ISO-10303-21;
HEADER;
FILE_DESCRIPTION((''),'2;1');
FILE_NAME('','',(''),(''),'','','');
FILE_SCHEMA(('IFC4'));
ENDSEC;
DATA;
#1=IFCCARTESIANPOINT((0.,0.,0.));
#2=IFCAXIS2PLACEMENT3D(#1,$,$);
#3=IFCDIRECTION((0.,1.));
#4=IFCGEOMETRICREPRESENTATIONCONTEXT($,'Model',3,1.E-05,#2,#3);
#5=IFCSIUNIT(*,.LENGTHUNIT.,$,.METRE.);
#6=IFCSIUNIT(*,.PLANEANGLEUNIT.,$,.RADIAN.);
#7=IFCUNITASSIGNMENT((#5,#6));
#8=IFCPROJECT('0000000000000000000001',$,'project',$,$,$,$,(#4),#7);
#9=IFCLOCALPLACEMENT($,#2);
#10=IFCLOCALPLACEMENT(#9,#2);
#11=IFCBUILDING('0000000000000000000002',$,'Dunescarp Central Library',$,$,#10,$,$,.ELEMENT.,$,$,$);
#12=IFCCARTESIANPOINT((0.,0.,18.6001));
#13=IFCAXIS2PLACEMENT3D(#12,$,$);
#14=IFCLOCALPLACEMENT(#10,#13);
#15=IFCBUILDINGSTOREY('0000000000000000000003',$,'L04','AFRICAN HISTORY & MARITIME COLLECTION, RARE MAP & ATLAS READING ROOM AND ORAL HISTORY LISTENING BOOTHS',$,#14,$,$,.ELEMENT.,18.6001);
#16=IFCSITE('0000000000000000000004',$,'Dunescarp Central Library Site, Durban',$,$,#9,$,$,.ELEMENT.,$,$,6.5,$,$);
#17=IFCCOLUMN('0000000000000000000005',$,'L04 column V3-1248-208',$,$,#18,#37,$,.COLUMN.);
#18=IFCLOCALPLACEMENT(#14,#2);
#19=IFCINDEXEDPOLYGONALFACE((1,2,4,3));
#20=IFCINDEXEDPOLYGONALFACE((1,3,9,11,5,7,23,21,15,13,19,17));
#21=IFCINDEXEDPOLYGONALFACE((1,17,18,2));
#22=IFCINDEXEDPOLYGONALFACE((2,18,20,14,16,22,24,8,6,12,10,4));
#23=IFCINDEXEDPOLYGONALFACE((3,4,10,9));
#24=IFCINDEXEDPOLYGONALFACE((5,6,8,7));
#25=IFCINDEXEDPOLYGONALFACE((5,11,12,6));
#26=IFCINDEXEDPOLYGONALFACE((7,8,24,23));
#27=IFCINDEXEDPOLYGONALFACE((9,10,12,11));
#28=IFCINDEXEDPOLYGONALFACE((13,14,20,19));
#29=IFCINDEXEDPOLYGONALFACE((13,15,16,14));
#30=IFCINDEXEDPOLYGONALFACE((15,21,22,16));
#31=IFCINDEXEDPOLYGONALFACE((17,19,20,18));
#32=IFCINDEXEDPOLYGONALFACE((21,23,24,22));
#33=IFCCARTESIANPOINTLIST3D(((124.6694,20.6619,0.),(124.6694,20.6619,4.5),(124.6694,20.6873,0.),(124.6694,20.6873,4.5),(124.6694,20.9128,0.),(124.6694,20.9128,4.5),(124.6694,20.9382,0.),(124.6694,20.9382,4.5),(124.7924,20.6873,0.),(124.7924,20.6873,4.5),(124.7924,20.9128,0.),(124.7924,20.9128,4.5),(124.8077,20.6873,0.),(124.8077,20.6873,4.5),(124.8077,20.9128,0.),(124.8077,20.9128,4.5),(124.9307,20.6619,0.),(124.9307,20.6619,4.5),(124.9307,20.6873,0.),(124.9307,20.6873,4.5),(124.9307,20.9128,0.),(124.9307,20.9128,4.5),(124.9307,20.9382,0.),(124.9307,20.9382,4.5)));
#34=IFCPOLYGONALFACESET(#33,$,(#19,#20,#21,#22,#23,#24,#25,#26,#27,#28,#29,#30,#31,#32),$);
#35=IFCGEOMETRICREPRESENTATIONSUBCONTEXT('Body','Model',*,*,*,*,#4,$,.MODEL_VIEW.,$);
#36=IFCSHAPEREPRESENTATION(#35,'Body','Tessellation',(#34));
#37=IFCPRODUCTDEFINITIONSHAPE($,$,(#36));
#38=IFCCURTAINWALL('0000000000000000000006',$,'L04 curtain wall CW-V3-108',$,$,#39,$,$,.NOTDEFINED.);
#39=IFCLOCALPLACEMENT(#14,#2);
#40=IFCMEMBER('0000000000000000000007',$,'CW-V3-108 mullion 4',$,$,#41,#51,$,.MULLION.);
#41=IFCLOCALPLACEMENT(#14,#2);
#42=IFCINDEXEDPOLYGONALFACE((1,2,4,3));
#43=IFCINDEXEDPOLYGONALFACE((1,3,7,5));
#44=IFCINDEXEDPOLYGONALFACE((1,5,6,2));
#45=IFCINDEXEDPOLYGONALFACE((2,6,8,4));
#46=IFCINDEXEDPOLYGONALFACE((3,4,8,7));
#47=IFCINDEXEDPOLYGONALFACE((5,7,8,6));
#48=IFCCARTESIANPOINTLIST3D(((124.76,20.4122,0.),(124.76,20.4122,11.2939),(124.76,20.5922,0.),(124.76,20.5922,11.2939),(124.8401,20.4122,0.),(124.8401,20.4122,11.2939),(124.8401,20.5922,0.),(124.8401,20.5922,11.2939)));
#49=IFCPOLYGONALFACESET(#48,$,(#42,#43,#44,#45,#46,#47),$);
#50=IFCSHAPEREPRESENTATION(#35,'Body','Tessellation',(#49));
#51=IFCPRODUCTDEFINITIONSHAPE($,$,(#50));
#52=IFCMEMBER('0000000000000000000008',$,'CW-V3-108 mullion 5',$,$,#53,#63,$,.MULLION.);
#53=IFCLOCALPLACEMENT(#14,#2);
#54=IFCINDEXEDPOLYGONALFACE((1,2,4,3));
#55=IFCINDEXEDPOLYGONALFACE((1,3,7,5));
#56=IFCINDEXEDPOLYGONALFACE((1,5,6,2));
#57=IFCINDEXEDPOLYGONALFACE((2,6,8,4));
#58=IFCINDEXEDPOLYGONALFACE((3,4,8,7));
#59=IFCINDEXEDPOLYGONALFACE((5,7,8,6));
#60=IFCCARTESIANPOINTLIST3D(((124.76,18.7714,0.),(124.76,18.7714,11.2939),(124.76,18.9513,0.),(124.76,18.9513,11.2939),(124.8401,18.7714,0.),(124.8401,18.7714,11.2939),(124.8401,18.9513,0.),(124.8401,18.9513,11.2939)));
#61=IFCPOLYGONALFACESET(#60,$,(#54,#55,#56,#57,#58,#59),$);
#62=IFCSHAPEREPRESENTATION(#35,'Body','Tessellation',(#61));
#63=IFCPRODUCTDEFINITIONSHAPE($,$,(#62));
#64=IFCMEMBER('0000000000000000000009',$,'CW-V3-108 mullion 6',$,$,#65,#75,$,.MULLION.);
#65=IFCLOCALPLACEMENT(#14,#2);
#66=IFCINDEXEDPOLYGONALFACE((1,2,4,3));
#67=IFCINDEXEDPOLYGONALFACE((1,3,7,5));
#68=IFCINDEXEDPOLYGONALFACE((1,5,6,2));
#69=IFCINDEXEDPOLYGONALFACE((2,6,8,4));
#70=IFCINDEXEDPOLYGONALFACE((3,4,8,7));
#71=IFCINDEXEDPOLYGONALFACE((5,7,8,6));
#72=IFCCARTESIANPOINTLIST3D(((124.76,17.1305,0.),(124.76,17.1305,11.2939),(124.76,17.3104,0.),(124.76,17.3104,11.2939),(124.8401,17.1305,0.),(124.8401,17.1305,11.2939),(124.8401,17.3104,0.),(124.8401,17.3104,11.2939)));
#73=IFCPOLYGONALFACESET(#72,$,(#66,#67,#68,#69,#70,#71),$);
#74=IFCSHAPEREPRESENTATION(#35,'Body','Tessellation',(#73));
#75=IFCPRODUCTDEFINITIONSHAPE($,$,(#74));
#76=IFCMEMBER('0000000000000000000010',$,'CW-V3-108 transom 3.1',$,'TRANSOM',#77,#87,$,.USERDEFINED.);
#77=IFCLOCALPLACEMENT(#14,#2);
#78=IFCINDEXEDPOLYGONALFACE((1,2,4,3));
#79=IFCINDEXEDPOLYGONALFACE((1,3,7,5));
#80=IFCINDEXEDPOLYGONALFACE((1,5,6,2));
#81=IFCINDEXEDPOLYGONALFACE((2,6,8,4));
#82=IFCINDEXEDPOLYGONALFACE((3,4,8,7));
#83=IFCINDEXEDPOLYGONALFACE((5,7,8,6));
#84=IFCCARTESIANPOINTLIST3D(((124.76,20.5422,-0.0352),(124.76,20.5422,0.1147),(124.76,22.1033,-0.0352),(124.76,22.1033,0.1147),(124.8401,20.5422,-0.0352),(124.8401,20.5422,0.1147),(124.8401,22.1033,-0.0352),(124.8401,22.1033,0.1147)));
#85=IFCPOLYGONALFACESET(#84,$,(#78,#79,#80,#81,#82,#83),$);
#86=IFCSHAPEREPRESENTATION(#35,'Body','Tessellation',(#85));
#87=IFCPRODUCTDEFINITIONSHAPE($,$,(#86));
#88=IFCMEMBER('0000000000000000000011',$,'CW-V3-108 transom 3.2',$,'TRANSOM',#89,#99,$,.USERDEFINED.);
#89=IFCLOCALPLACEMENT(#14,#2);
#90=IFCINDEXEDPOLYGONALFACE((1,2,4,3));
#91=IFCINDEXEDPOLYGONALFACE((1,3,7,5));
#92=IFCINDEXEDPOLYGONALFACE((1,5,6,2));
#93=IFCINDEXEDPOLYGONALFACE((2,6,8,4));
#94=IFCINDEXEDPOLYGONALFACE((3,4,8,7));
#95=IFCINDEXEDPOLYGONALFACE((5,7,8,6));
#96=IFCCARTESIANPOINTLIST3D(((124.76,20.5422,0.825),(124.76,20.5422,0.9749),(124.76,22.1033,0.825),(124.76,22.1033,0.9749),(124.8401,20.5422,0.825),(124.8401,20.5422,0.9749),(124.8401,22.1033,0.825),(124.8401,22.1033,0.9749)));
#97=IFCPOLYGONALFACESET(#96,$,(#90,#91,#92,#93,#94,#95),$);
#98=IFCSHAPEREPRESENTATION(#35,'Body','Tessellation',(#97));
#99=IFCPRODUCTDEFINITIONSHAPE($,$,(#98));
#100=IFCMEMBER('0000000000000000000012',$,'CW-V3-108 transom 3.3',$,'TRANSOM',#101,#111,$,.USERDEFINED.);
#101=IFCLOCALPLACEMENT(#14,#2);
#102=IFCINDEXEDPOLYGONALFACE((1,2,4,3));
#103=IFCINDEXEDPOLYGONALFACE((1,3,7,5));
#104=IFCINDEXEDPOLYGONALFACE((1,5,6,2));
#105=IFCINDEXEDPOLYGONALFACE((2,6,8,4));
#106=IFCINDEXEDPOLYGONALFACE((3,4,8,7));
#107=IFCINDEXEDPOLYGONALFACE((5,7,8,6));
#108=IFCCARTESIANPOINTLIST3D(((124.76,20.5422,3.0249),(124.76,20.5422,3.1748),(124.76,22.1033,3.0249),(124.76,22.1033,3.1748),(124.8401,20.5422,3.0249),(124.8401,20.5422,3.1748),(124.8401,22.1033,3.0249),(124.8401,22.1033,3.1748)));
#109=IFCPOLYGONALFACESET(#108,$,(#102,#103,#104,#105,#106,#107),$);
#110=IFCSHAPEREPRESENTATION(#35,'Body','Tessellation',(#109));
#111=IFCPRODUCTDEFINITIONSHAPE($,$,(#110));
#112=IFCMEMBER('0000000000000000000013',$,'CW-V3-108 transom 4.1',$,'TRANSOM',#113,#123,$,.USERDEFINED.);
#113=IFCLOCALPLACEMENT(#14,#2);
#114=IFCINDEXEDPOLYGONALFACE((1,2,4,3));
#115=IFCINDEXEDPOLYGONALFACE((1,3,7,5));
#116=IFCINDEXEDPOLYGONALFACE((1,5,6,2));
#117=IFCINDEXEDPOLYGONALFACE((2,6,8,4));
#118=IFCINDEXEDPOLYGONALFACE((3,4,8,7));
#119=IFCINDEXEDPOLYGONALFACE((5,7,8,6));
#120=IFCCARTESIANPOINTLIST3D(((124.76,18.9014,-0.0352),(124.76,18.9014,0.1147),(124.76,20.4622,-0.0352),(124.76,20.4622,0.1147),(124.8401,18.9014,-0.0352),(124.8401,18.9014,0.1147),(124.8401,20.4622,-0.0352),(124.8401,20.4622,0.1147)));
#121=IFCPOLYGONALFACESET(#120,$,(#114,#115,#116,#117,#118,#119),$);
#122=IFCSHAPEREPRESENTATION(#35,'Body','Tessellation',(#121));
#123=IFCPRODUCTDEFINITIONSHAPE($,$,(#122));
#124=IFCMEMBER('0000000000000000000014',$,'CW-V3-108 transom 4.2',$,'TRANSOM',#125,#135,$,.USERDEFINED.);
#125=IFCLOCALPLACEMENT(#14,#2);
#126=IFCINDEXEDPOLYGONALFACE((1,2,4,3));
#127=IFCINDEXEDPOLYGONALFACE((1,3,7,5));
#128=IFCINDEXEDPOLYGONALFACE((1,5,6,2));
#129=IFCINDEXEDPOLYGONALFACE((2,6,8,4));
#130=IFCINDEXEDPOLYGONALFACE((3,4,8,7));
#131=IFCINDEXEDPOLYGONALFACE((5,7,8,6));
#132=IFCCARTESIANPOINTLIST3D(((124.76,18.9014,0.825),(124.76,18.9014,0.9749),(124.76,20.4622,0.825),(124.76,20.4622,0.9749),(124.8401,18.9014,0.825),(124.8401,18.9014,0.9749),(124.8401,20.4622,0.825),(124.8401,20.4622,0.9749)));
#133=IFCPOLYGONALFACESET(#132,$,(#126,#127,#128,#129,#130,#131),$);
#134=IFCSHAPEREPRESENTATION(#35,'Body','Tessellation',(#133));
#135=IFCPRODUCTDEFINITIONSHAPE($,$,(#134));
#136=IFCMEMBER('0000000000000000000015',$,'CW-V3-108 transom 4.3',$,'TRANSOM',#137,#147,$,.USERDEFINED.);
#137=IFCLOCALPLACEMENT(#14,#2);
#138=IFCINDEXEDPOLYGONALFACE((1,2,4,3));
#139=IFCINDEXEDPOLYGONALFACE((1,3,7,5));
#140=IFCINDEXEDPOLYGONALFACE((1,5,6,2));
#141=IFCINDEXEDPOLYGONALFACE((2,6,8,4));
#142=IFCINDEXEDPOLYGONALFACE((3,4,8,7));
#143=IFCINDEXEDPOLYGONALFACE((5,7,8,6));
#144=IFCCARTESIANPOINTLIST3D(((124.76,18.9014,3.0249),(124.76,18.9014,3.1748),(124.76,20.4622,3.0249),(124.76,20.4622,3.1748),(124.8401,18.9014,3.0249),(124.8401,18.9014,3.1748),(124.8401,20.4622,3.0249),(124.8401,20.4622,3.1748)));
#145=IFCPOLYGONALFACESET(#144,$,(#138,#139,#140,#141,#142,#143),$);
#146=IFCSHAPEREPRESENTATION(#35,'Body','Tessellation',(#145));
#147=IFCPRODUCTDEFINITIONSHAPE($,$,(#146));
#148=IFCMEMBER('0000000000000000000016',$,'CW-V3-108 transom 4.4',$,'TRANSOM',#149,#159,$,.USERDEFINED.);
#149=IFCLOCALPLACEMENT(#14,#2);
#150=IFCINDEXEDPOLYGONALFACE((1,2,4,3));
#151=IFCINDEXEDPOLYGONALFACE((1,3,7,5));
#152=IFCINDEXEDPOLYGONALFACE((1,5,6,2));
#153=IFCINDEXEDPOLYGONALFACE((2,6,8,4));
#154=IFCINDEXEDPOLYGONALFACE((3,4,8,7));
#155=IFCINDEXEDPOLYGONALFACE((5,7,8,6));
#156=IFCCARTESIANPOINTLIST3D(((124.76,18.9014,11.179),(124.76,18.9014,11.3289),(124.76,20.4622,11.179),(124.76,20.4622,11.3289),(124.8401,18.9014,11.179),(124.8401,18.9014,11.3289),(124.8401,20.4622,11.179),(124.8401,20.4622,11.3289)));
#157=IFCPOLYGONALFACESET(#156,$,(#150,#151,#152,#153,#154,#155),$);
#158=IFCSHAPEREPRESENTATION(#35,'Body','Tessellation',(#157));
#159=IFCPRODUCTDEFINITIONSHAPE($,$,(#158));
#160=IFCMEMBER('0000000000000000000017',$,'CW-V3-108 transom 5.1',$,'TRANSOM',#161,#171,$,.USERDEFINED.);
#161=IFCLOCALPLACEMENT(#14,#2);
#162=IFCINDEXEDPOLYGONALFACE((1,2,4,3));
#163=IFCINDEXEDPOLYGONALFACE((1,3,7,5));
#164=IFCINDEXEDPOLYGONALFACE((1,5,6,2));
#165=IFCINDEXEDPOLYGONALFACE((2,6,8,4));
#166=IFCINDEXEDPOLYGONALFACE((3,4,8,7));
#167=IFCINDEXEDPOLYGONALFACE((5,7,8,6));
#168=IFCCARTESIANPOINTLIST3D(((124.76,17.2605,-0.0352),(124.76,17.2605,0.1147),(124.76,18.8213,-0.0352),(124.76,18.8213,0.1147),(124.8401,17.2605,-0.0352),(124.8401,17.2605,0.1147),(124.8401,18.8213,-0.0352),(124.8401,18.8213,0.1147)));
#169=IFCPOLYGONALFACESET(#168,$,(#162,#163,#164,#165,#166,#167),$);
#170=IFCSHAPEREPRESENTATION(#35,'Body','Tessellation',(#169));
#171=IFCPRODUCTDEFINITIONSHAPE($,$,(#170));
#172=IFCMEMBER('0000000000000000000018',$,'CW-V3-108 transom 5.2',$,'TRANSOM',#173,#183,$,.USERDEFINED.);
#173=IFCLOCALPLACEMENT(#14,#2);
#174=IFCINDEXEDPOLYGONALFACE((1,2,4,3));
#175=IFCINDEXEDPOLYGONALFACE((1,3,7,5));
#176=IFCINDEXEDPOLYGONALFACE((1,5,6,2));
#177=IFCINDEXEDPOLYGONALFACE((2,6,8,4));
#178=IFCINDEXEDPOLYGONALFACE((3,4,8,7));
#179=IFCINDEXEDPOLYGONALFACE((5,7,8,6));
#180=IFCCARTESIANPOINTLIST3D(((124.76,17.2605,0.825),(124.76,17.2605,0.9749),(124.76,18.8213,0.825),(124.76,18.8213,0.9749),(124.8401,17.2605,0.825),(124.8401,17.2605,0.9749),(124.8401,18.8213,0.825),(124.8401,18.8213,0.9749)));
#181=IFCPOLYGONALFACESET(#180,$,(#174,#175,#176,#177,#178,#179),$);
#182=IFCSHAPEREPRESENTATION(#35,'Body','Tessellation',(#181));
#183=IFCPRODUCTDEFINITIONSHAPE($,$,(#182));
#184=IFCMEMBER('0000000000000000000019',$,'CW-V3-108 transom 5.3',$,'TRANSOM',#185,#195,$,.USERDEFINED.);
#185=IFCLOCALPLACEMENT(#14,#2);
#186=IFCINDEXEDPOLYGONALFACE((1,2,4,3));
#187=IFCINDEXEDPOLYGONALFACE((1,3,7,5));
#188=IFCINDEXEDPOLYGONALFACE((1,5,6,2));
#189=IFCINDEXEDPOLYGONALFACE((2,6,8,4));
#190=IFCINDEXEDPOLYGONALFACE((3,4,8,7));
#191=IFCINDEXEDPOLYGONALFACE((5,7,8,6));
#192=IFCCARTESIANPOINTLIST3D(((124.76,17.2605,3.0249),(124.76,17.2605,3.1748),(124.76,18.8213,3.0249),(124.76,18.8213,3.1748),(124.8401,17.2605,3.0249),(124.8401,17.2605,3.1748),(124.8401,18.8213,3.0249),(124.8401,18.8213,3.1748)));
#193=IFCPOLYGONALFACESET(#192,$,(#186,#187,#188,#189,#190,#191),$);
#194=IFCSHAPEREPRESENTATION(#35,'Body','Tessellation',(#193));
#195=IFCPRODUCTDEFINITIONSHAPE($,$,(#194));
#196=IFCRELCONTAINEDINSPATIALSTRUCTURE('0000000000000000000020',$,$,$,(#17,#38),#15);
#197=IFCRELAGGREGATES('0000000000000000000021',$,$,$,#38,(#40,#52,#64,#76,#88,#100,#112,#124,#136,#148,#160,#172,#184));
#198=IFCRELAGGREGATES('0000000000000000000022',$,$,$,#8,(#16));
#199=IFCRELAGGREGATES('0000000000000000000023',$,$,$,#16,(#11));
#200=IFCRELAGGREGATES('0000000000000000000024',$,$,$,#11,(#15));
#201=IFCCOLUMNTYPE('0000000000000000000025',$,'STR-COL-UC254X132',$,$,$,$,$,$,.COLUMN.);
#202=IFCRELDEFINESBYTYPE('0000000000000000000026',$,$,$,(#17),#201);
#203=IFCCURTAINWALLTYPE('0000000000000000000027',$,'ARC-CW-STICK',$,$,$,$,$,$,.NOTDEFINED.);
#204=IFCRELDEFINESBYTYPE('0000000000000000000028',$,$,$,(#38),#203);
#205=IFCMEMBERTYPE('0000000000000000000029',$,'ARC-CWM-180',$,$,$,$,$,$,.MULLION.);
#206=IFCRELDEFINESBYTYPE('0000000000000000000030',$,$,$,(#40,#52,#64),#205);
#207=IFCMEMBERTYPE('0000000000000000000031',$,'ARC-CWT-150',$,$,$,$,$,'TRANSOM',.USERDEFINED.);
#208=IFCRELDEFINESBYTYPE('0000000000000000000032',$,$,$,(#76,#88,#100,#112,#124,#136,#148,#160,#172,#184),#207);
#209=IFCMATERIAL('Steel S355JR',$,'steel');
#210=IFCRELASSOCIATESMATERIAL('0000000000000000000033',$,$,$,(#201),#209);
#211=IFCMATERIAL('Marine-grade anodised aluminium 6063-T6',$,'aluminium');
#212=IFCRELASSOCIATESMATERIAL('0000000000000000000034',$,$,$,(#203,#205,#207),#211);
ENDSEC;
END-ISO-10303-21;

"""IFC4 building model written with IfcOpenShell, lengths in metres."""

from ifc_helpers import new_model, si_unit, direction, frame, origin, origin_2d, place, context, subcontext, project, spatial, rectangle, i_section, extrude, material, material_profile, profile_set, type_object, element, aggregate, save


model = new_model("IFC4")

# Units and contexts
model_context = context("Model", 3, precision=1e-05, world=origin(), true_north=direction((0.0, 1.0)))
body_context = subcontext(model_context, "Body", "Model", "MODEL_VIEW")
ifc_project = project(units=[si_unit("LENGTHUNIT", "METRE"), si_unit("PLANEANGLEUNIT", "RADIAN")], contexts=[model_context])

# Site, building, storey
site_placement = place(None, origin())
site = spatial("IfcSite", under=ifc_project, at=site_placement, Name="Dunescarp Central Library Site, Durban", CompositionType="ELEMENT", RefElevation=6.5)
building_placement = place(site_placement, origin())
building = spatial("IfcBuilding", under=site, at=building_placement, Name="Dunescarp Central Library", CompositionType="ELEMENT")
storey_placement = place(building_placement, frame((0.0, 0.0, 18.6001)))
storey = spatial("IfcBuildingStorey", under=building, at=storey_placement, Name="L04", Description="AFRICAN HISTORY & MARITIME COLLECTION, RARE MAP & ATLAS READING ROOM AND ORAL HISTORY LISTENING BOOTHS", CompositionType="ELEMENT", Elevation=18.6001)

# Column
ifc_material_1 = material(Name="Steel S355JR", Category="steel")
ifc_material_profile_1 = material_profile(ifc_material_1, i_section(OverallWidth=0.2612, OverallDepth=0.2764, WebThickness=0.0154, FlangeThickness=0.0254, at=origin_2d()), Name="UC 254x254x132")
ifc_profile_set_1 = profile_set([ifc_material_profile_1], Name="Steel S355JR")
column_type = type_object("IfcColumnType", Name="STR-COL-UC254X132", PredefinedType="COLUMN", material=ifc_profile_set_1)
column_placement = place(storey_placement, frame((124.8, 20.8, 0.0), z_axis=(0.0, 0.0, 1.0), x_axis=(1.0, 0.0, 0.0)))
element("IfcColumn", 1, at=column_placement, inside=storey, type_object=column_type, Name="L04 column V3-1248-208", PredefinedType="COLUMN", context=body_context, shape_type="SweptSolid", body=[
    extrude(i_section(OverallWidth=0.2612, OverallDepth=0.2764, WebThickness=0.0154, FlangeThickness=0.0254, at=origin_2d()), origin(), (0.0, 0.0, 1.0), 4.5),
])

# Curtain wall, members
ifc_material_2 = material(Name="Marine-grade anodised aluminium 6063-T6", Category="aluminium")
curtain_wall_type = type_object("IfcCurtainWallType", Name="ARC-CW-STICK", PredefinedType="NOTDEFINED", material=ifc_material_2)
curtain_wall_placement = place(storey_placement, origin())
curtain_wall = element("IfcCurtainWall", 2, at=curtain_wall_placement, inside=storey, type_object=curtain_wall_type, Name="L04 curtain wall CW-V3-108", PredefinedType="NOTDEFINED")
ifc_material_profile_2 = material_profile(ifc_material_2, rectangle(XDim=0.0801, YDim=0.1799, at=origin_2d()), Name="AL 80x180")
ifc_profile_set_2 = profile_set([ifc_material_profile_2], Name="Marine-grade anodised aluminium 6063-T6")
member_type_1 = type_object("IfcMemberType", Name="ARC-CWM-180", PredefinedType="MULLION", material=ifc_profile_set_2)
member_1_placement = place(storey_placement, frame((124.8, 20.5022, 0.0), z_axis=(0.0, 0.0, 1.0), x_axis=(1.0, 0.0, 0.0)))
member_1 = element("IfcMember", 3, at=member_1_placement, type_object=member_type_1, Name="CW-V3-108 mullion 4", PredefinedType="MULLION", context=body_context, shape_type="SweptSolid", body=[
    extrude(rectangle(XDim=0.0801, YDim=0.1799, at=origin_2d()), origin(), (0.0, 0.0, 1.0), 11.2939),
])
member_2_placement = place(storey_placement, frame((124.8, 18.8613, 0.0), z_axis=(0.0, 0.0, 1.0), x_axis=(1.0, 0.0, 0.0)))
member_2 = element("IfcMember", 4, at=member_2_placement, type_object=member_type_1, Name="CW-V3-108 mullion 5", PredefinedType="MULLION", context=body_context, shape_type="SweptSolid", body=[
    extrude(rectangle(XDim=0.0801, YDim=0.1799, at=origin_2d()), origin(), (0.0, 0.0, 1.0), 11.2939),
])
member_3_placement = place(storey_placement, frame((124.8, 17.2205, 0.0), z_axis=(0.0, 0.0, 1.0), x_axis=(1.0, 0.0, 0.0)))
member_3 = element("IfcMember", 5, at=member_3_placement, type_object=member_type_1, Name="CW-V3-108 mullion 6", PredefinedType="MULLION", context=body_context, shape_type="SweptSolid", body=[
    extrude(rectangle(XDim=0.0801, YDim=0.1799, at=origin_2d()), origin(), (0.0, 0.0, 1.0), 11.2939),
])
ifc_material_profile_3 = material_profile(ifc_material_2, rectangle(XDim=0.0801, YDim=0.1499, at=origin_2d()), Name="AL 80x150")
ifc_profile_set_3 = profile_set([ifc_material_profile_3], Name="Marine-grade anodised aluminium 6063-T6")
member_type_2 = type_object("IfcMemberType", Name="ARC-CWT-150", ElementType="TRANSOM", PredefinedType="USERDEFINED", material=ifc_profile_set_3)
member_4_placement = place(storey_placement, frame((124.8, 22.1033, 0.0398), z_axis=(0.0, -1.0, 0.0), x_axis=(1.0, 0.0, 0.0)))
member_4 = element("IfcMember", 6, at=member_4_placement, type_object=member_type_2, Name="CW-V3-108 transom 3.1", ObjectType="TRANSOM", PredefinedType="USERDEFINED", context=body_context, shape_type="SweptSolid", body=[
    extrude(rectangle(XDim=0.0801, YDim=0.1499, at=origin_2d()), origin(), (0.0, 0.0, 1.0), 1.561),
])
member_5_placement = place(storey_placement, frame((124.8, 22.1033, 0.8999), z_axis=(0.0, -1.0, 0.0), x_axis=(1.0, 0.0, 0.0)))
member_5 = element("IfcMember", 7, at=member_5_placement, type_object=member_type_2, Name="CW-V3-108 transom 3.2", ObjectType="TRANSOM", PredefinedType="USERDEFINED", context=body_context, shape_type="SweptSolid", body=[
    extrude(rectangle(XDim=0.0801, YDim=0.1499, at=origin_2d()), origin(), (0.0, 0.0, 1.0), 1.561),
])
member_6_placement = place(storey_placement, frame((124.8, 22.1033, 3.0999), z_axis=(0.0, -1.0, 0.0), x_axis=(1.0, 0.0, 0.0)))
member_6 = element("IfcMember", 8, at=member_6_placement, type_object=member_type_2, Name="CW-V3-108 transom 3.3", ObjectType="TRANSOM", PredefinedType="USERDEFINED", context=body_context, shape_type="SweptSolid", body=[
    extrude(rectangle(XDim=0.0801, YDim=0.1499, at=origin_2d()), origin(), (0.0, 0.0, 1.0), 1.561),
])
member_7_placement = place(storey_placement, frame((124.8, 20.4622, 0.0398), z_axis=(0.0, -1.0, 0.0), x_axis=(1.0, 0.0, 0.0)))
member_7 = element("IfcMember", 9, at=member_7_placement, type_object=member_type_2, Name="CW-V3-108 transom 4.1", ObjectType="TRANSOM", PredefinedType="USERDEFINED", context=body_context, shape_type="SweptSolid", body=[
    extrude(rectangle(XDim=0.0801, YDim=0.1499, at=origin_2d()), origin(), (0.0, 0.0, 1.0), 1.5608),
])
member_8_placement = place(storey_placement, frame((124.8, 20.4622, 0.8999), z_axis=(0.0, -1.0, 0.0), x_axis=(1.0, 0.0, 0.0)))
member_8 = element("IfcMember", 10, at=member_8_placement, type_object=member_type_2, Name="CW-V3-108 transom 4.2", ObjectType="TRANSOM", PredefinedType="USERDEFINED", context=body_context, shape_type="SweptSolid", body=[
    extrude(rectangle(XDim=0.0801, YDim=0.1499, at=origin_2d()), origin(), (0.0, 0.0, 1.0), 1.5608),
])
member_9_placement = place(storey_placement, frame((124.8, 20.4622, 3.0999), z_axis=(0.0, -1.0, 0.0), x_axis=(1.0, 0.0, 0.0)))
member_9 = element("IfcMember", 11, at=member_9_placement, type_object=member_type_2, Name="CW-V3-108 transom 4.3", ObjectType="TRANSOM", PredefinedType="USERDEFINED", context=body_context, shape_type="SweptSolid", body=[
    extrude(rectangle(XDim=0.0801, YDim=0.1499, at=origin_2d()), origin(), (0.0, 0.0, 1.0), 1.5608),
])
member_10_placement = place(storey_placement, frame((124.8, 20.4622, 11.2539), z_axis=(0.0, -1.0, 0.0), x_axis=(1.0, 0.0, 0.0)))
member_10 = element("IfcMember", 12, at=member_10_placement, type_object=member_type_2, Name="CW-V3-108 transom 4.4", ObjectType="TRANSOM", PredefinedType="USERDEFINED", context=body_context, shape_type="SweptSolid", body=[
    extrude(rectangle(XDim=0.0801, YDim=0.1499, at=origin_2d()), origin(), (0.0, 0.0, 1.0), 1.5608),
])
member_11_placement = place(storey_placement, frame((124.8, 18.8213, 0.0398), z_axis=(0.0, -1.0, 0.0), x_axis=(1.0, 0.0, 0.0)))
member_11 = element("IfcMember", 13, at=member_11_placement, type_object=member_type_2, Name="CW-V3-108 transom 5.1", ObjectType="TRANSOM", PredefinedType="USERDEFINED", context=body_context, shape_type="SweptSolid", body=[
    extrude(rectangle(XDim=0.0801, YDim=0.1499, at=origin_2d()), origin(), (0.0, 0.0, 1.0), 1.5608),
])
member_12_placement = place(storey_placement, frame((124.8, 18.8213, 0.8999), z_axis=(0.0, -1.0, 0.0), x_axis=(1.0, 0.0, 0.0)))
member_12 = element("IfcMember", 14, at=member_12_placement, type_object=member_type_2, Name="CW-V3-108 transom 5.2", ObjectType="TRANSOM", PredefinedType="USERDEFINED", context=body_context, shape_type="SweptSolid", body=[
    extrude(rectangle(XDim=0.0801, YDim=0.1499, at=origin_2d()), origin(), (0.0, 0.0, 1.0), 1.5608),
])
member_13_placement = place(storey_placement, frame((124.8, 18.8213, 3.0999), z_axis=(0.0, -1.0, 0.0), x_axis=(1.0, 0.0, 0.0)))
member_13 = element("IfcMember", 15, at=member_13_placement, type_object=member_type_2, Name="CW-V3-108 transom 5.3", ObjectType="TRANSOM", PredefinedType="USERDEFINED", context=body_context, shape_type="SweptSolid", body=[
    extrude(rectangle(XDim=0.0801, YDim=0.1499, at=origin_2d()), origin(), (0.0, 0.0, 1.0), 1.5608),
])

aggregate(curtain_wall, [member_1, member_2, member_3, member_4, member_5, member_6, member_7, member_8, member_9, member_10, member_11, member_12, member_13])

save(model, "model.ifc")
